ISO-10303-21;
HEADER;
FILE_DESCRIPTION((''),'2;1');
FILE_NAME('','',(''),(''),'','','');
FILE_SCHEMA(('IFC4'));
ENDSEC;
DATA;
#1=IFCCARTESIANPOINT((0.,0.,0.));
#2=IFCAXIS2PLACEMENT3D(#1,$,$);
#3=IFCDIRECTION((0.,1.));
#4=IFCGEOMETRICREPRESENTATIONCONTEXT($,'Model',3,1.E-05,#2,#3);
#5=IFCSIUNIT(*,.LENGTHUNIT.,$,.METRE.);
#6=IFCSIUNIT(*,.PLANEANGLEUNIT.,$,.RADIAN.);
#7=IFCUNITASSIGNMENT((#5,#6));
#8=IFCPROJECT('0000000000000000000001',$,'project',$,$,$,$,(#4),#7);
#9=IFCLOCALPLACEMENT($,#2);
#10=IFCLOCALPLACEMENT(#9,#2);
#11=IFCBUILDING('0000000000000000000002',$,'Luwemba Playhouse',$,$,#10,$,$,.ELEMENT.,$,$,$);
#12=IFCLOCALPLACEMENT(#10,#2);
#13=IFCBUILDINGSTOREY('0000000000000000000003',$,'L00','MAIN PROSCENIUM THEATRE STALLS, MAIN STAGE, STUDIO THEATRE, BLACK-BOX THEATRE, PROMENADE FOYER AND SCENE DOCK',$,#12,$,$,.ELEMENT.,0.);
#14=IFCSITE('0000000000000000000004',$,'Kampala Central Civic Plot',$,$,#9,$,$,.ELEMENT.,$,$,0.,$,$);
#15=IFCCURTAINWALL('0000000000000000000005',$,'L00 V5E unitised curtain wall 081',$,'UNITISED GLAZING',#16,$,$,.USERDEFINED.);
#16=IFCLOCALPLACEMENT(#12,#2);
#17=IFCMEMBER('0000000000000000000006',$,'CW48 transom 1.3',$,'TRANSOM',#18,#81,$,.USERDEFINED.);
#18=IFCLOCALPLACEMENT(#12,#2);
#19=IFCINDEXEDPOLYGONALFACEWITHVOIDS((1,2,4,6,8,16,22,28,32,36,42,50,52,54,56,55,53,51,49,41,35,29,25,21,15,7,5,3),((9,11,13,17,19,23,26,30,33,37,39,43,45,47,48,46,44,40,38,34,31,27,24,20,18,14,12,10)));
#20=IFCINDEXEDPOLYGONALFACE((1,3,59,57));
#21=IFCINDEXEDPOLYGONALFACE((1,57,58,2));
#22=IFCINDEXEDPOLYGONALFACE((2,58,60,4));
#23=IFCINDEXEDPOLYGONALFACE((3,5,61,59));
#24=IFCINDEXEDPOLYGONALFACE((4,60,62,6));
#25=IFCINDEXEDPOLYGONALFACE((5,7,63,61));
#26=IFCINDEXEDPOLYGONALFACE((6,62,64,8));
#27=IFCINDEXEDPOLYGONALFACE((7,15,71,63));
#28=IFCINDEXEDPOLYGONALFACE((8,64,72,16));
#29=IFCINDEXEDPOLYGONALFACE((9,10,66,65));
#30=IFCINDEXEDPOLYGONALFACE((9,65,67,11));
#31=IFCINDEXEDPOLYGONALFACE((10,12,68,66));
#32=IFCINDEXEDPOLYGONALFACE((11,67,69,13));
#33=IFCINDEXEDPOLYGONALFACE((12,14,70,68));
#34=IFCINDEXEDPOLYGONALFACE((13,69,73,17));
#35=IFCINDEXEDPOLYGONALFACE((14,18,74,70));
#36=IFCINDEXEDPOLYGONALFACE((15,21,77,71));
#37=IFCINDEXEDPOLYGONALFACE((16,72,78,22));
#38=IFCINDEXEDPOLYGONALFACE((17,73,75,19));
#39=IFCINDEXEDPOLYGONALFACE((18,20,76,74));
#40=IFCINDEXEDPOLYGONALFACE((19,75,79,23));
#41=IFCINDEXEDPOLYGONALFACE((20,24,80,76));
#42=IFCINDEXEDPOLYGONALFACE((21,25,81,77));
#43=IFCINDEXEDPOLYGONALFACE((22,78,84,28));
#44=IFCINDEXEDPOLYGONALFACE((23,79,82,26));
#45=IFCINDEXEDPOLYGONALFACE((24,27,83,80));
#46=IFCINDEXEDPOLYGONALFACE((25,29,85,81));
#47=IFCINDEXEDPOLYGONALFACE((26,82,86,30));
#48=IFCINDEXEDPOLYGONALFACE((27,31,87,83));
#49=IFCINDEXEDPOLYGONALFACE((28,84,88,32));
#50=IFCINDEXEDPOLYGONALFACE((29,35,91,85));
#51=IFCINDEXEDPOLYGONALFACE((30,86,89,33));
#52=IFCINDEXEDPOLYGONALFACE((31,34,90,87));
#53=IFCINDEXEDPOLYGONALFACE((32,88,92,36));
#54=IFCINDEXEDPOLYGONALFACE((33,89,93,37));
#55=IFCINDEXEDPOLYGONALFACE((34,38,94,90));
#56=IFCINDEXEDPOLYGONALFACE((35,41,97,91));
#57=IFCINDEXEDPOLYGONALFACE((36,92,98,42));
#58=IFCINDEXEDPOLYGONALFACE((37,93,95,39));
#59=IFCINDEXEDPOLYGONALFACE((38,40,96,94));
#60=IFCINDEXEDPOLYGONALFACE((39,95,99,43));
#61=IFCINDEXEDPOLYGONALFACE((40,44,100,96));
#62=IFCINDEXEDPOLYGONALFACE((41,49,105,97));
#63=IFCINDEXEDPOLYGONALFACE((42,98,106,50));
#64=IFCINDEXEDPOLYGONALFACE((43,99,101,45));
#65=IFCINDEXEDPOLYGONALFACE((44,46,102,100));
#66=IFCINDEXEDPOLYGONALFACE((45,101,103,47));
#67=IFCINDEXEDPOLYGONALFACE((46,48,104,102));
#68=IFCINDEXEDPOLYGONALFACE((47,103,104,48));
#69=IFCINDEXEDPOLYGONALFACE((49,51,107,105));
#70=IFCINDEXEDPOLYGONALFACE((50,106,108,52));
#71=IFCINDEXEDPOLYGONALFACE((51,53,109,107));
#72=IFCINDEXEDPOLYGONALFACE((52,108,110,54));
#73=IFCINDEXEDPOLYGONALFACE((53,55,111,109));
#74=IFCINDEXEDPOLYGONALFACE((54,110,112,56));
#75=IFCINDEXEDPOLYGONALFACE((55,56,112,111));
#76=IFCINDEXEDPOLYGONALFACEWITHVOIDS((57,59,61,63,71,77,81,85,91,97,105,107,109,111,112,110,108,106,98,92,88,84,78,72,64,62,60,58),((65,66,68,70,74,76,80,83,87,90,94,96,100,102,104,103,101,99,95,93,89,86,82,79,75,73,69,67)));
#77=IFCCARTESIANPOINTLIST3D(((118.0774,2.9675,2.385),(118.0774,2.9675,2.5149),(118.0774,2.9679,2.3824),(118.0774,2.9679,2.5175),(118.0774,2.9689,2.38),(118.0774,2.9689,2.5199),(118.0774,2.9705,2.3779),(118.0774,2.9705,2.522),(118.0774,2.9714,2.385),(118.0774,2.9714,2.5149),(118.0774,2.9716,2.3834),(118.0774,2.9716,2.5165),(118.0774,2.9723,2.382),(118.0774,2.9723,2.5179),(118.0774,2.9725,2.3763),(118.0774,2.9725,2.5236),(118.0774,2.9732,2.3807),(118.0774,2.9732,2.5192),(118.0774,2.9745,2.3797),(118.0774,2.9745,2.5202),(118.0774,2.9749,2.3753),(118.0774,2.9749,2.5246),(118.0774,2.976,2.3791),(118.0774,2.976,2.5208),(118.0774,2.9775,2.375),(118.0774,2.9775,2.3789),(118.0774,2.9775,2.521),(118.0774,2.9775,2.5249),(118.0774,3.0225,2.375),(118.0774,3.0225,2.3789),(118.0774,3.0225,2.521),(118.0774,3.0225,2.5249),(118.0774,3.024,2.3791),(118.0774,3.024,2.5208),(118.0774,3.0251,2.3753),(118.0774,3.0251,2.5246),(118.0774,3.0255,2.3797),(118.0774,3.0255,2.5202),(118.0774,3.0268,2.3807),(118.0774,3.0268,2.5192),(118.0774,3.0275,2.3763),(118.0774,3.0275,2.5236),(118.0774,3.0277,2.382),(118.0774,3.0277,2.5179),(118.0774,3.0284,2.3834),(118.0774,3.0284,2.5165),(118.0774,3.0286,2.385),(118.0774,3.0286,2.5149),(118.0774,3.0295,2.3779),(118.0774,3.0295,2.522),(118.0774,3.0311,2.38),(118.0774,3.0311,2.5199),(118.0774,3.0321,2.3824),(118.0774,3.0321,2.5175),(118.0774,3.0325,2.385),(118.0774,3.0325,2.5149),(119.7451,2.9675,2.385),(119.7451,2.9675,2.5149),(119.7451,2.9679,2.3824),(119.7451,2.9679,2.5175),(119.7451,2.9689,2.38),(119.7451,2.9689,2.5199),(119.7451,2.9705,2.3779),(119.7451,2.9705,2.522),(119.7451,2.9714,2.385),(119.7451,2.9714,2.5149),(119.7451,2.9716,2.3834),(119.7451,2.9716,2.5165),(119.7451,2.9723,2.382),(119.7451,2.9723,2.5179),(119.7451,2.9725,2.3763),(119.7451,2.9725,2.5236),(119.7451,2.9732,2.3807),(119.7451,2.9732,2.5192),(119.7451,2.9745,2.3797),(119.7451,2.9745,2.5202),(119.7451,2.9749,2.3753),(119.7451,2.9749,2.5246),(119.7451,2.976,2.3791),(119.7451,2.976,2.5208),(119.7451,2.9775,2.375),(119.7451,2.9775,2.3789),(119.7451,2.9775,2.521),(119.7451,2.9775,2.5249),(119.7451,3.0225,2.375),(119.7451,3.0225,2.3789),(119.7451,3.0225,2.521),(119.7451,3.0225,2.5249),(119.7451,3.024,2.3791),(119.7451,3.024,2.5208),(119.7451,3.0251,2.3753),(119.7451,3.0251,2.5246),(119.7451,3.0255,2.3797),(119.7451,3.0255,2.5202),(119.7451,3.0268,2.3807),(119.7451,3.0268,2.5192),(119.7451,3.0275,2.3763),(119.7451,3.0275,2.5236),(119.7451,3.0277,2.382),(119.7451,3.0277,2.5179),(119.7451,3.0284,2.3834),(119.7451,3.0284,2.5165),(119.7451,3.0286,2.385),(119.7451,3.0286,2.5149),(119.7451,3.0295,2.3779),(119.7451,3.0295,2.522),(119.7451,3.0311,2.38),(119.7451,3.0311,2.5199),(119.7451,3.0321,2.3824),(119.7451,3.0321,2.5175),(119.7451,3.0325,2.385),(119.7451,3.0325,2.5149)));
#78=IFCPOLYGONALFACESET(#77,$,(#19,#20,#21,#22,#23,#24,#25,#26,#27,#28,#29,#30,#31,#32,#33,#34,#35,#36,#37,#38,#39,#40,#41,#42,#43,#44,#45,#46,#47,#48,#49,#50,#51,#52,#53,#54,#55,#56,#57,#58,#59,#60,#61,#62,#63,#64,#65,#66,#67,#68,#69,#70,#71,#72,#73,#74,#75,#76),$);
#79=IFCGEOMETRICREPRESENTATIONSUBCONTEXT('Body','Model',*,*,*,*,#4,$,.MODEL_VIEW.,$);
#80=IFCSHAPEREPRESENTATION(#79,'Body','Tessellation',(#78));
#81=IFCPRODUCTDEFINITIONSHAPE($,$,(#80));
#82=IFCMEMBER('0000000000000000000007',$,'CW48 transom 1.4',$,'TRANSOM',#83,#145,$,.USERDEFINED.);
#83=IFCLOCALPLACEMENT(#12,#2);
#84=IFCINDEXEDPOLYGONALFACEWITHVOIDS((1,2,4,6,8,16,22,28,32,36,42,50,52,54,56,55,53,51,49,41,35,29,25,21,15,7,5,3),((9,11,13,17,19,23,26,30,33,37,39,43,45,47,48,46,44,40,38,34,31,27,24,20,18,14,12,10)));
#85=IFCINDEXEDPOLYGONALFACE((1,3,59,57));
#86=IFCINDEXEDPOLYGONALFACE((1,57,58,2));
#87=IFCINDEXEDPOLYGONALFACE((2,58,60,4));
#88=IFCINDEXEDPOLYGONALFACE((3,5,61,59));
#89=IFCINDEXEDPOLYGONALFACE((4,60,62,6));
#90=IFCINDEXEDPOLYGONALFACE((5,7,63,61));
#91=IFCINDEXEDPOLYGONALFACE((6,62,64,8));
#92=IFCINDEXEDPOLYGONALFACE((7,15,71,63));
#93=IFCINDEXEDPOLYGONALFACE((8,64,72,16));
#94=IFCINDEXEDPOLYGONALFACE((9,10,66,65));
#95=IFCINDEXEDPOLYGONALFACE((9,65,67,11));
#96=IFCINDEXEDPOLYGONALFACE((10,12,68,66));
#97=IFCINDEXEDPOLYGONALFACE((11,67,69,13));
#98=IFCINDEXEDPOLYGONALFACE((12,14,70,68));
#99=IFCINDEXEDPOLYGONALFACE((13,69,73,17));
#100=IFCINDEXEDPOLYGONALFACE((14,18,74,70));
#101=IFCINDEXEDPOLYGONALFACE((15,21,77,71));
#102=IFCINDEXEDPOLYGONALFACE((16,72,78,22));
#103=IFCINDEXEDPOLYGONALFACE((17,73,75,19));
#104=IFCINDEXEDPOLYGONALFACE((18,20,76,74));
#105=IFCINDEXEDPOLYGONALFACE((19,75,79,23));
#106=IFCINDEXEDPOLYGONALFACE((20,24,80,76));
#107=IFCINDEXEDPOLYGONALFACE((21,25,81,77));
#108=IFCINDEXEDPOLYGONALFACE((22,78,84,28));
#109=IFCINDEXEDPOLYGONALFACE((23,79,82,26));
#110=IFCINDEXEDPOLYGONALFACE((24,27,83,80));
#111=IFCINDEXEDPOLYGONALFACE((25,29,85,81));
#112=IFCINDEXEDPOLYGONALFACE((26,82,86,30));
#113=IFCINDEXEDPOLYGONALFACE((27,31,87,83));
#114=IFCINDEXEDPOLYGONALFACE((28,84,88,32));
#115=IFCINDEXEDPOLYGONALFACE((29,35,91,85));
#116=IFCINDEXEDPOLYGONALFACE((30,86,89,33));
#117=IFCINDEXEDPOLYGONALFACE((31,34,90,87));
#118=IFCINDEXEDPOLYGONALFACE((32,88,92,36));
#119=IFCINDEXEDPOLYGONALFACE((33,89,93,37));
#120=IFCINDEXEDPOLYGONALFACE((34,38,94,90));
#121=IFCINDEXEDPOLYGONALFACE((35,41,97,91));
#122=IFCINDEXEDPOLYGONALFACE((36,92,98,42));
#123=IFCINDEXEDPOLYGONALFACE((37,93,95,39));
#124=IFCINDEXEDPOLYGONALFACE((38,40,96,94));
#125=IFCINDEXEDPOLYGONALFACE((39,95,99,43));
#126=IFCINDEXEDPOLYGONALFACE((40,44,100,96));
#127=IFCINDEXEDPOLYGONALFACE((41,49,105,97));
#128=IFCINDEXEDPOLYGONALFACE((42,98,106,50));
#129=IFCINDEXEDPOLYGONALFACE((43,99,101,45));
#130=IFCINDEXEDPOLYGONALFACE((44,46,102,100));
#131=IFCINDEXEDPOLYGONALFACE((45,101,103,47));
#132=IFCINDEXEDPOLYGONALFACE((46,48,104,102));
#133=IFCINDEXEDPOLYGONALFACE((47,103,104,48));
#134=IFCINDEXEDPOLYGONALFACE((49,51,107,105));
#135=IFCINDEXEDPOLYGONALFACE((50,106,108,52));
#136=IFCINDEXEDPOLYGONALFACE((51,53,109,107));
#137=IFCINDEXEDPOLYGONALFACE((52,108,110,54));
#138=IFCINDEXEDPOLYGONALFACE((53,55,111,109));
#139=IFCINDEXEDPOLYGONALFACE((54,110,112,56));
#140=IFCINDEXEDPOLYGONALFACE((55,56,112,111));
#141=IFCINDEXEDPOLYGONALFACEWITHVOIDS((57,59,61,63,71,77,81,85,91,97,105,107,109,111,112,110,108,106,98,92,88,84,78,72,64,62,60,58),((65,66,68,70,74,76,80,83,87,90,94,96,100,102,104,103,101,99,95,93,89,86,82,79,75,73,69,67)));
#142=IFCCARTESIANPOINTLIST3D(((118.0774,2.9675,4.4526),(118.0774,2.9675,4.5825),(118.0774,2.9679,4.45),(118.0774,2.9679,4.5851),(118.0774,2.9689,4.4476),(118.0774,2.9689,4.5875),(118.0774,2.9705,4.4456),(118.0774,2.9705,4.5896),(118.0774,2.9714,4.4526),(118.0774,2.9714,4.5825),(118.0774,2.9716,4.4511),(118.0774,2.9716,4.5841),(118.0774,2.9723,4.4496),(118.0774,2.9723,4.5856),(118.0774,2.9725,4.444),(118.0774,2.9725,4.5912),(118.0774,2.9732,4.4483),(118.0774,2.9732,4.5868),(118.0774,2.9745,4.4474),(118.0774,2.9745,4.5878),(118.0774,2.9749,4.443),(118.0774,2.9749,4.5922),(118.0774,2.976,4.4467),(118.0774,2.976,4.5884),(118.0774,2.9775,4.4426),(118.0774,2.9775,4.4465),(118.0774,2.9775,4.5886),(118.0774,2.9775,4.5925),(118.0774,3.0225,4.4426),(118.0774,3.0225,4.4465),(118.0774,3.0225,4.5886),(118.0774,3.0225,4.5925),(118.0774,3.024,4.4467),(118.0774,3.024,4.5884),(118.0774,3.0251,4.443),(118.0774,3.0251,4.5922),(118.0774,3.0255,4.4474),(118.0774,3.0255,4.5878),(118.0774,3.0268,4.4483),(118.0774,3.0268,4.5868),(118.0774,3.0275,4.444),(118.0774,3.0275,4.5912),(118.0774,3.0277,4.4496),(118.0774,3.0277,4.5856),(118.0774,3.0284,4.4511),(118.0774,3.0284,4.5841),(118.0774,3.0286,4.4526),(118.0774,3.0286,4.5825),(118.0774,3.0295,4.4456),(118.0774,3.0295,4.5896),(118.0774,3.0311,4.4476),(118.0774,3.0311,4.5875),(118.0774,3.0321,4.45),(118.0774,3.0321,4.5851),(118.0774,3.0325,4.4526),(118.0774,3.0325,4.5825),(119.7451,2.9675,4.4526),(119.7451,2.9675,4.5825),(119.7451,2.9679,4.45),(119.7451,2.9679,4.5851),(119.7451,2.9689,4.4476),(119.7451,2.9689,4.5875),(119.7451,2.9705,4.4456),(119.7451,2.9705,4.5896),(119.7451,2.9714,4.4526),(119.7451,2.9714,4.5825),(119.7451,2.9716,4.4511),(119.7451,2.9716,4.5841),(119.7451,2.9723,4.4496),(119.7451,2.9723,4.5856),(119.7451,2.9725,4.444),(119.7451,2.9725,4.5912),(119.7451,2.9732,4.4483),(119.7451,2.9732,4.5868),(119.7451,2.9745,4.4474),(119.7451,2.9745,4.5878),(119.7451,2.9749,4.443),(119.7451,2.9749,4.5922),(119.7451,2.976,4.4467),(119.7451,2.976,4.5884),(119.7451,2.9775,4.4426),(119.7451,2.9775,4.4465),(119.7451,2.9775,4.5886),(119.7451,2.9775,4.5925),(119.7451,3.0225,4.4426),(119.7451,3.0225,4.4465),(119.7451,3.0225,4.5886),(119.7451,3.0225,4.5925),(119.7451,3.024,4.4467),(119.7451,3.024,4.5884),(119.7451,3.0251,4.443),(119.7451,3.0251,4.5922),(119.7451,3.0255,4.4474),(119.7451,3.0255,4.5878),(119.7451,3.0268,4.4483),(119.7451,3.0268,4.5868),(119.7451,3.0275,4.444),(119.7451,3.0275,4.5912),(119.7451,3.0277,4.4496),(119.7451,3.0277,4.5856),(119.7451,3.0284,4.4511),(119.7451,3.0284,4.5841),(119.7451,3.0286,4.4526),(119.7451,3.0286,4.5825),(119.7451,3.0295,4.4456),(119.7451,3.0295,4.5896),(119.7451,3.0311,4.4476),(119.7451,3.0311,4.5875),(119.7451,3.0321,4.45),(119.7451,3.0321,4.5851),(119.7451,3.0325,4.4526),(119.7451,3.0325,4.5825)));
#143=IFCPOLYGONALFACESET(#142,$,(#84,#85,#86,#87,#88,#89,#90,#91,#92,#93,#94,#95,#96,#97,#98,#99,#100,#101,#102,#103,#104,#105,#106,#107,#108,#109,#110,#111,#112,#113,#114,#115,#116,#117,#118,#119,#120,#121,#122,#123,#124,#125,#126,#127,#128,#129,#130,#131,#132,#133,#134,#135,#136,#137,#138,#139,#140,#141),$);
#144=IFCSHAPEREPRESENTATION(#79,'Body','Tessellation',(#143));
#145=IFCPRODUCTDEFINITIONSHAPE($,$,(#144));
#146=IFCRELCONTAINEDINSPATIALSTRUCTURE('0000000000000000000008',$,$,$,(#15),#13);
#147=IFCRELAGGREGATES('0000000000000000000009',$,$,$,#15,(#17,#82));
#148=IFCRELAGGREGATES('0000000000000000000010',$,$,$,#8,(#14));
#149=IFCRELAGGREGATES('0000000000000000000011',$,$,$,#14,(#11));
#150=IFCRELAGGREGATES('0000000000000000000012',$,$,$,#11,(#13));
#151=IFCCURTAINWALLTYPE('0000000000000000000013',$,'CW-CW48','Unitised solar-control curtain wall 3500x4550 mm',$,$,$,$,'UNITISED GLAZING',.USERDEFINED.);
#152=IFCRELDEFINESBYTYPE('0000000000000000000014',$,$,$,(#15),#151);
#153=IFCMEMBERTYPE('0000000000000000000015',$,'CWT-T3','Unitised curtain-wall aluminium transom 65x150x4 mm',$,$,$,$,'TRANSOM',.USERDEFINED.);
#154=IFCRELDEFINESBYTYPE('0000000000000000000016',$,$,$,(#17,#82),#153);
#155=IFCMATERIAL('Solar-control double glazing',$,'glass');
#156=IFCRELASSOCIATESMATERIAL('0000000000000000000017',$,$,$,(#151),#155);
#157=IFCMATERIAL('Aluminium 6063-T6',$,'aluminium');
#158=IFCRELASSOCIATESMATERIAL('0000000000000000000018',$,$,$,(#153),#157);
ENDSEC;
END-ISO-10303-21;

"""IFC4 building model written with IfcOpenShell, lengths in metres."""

from ifc_helpers import new_model, si_unit, direction, frame, origin, origin_2d, place, context, subcontext, project, spatial, hollow_rectangle, extrude, material, material_profile, profile_set, type_object, element, aggregate, save


model = new_model("IFC4")

# Units and contexts
model_context = context("Model", 3, precision=1e-05, world=origin(), true_north=direction((0.0, 1.0)))
body_context = subcontext(model_context, "Body", "Model", "MODEL_VIEW")
ifc_project = project(units=[si_unit("LENGTHUNIT", "METRE"), si_unit("PLANEANGLEUNIT", "RADIAN")], contexts=[model_context])

# Site, building, storey
site_placement = place(None, origin())
site = spatial("IfcSite", under=ifc_project, at=site_placement, Name="Kampala Central Civic Plot", CompositionType="ELEMENT", RefElevation=0.0)
building_placement = place(site_placement, origin())
building = spatial("IfcBuilding", under=site, at=building_placement, Name="Luwemba Playhouse", CompositionType="ELEMENT")
storey_placement = place(building_placement, origin())
storey = spatial("IfcBuildingStorey", under=building, at=storey_placement, Name="L00", Description="MAIN PROSCENIUM THEATRE STALLS, MAIN STAGE, STUDIO THEATRE, BLACK-BOX THEATRE, PROMENADE FOYER AND SCENE DOCK", CompositionType="ELEMENT", Elevation=0.0)

# Shared definitions
ifc_material_1 = material(Name="Solar-control double glazing", Category="glass")
ifc_material_2 = material(Name="Aluminium 6063-T6", Category="aluminium")

# Curtain wall
curtain_wall_type_1 = type_object("IfcCurtainWallType", Name="CW-CW48", Description="Unitised solar-control curtain wall 3500x4550 mm", ElementType="UNITISED GLAZING", PredefinedType="USERDEFINED", material=ifc_material_1)
curtain_wall_1_placement = place(storey_placement, origin())
curtain_wall_1 = element("IfcCurtainWall", 1, at=curtain_wall_1_placement, inside=storey, type_object=curtain_wall_type_1, Name="L00 V5E unitised curtain wall 081", ObjectType="UNITISED GLAZING", PredefinedType="USERDEFINED")

# Members
ifc_material_profile_1 = material_profile(ifc_material_2, hollow_rectangle(XDim=0.0649, YDim=0.1499, WallThickness=0.0039, InnerFilletRadius=0.0061, OuterFilletRadius=0.01, at=origin_2d()))
ifc_profile_set_1 = profile_set([ifc_material_profile_1], Name="Aluminium 6063-T6")
member_type_1 = type_object("IfcMemberType", Name="CWT-T3", Description="Unitised curtain-wall aluminium transom 65x150x4 mm", ElementType="TRANSOM", PredefinedType="USERDEFINED", material=ifc_profile_set_1)
member_1_placement = place(storey_placement, frame((119.7451, 3.0, 2.45), z_axis=(-1.0, 0.0, 0.0), x_axis=(0.0, -1.0, 0.0)))
member_1 = element("IfcMember", 2, at=member_1_placement, type_object=member_type_1, Name="CW48 transom 1.3", ObjectType="TRANSOM", PredefinedType="USERDEFINED", context=body_context, shape_type="SweptSolid", body=[
    extrude(hollow_rectangle(XDim=0.0649, YDim=0.1499, WallThickness=0.0039, InnerFilletRadius=0.0061, OuterFilletRadius=0.01, at=origin_2d()), origin(), (0.0, 0.0, 1.0), 1.6677),
])
member_2_placement = place(storey_placement, frame((119.7451, 3.0, 4.5176), z_axis=(-1.0, 0.0, 0.0), x_axis=(0.0, -1.0, 0.0)))
member_2 = element("IfcMember", 3, at=member_2_placement, type_object=member_type_1, Name="CW48 transom 1.4", ObjectType="TRANSOM", PredefinedType="USERDEFINED", context=body_context, shape_type="SweptSolid", body=[
    extrude(hollow_rectangle(XDim=0.0649, YDim=0.1499, WallThickness=0.0039, InnerFilletRadius=0.0061, OuterFilletRadius=0.01, at=origin_2d()), origin(), (0.0, 0.0, 1.0), 1.6677),
])

aggregate(curtain_wall_1, [member_1, member_2])

save(model, "model.ifc")
